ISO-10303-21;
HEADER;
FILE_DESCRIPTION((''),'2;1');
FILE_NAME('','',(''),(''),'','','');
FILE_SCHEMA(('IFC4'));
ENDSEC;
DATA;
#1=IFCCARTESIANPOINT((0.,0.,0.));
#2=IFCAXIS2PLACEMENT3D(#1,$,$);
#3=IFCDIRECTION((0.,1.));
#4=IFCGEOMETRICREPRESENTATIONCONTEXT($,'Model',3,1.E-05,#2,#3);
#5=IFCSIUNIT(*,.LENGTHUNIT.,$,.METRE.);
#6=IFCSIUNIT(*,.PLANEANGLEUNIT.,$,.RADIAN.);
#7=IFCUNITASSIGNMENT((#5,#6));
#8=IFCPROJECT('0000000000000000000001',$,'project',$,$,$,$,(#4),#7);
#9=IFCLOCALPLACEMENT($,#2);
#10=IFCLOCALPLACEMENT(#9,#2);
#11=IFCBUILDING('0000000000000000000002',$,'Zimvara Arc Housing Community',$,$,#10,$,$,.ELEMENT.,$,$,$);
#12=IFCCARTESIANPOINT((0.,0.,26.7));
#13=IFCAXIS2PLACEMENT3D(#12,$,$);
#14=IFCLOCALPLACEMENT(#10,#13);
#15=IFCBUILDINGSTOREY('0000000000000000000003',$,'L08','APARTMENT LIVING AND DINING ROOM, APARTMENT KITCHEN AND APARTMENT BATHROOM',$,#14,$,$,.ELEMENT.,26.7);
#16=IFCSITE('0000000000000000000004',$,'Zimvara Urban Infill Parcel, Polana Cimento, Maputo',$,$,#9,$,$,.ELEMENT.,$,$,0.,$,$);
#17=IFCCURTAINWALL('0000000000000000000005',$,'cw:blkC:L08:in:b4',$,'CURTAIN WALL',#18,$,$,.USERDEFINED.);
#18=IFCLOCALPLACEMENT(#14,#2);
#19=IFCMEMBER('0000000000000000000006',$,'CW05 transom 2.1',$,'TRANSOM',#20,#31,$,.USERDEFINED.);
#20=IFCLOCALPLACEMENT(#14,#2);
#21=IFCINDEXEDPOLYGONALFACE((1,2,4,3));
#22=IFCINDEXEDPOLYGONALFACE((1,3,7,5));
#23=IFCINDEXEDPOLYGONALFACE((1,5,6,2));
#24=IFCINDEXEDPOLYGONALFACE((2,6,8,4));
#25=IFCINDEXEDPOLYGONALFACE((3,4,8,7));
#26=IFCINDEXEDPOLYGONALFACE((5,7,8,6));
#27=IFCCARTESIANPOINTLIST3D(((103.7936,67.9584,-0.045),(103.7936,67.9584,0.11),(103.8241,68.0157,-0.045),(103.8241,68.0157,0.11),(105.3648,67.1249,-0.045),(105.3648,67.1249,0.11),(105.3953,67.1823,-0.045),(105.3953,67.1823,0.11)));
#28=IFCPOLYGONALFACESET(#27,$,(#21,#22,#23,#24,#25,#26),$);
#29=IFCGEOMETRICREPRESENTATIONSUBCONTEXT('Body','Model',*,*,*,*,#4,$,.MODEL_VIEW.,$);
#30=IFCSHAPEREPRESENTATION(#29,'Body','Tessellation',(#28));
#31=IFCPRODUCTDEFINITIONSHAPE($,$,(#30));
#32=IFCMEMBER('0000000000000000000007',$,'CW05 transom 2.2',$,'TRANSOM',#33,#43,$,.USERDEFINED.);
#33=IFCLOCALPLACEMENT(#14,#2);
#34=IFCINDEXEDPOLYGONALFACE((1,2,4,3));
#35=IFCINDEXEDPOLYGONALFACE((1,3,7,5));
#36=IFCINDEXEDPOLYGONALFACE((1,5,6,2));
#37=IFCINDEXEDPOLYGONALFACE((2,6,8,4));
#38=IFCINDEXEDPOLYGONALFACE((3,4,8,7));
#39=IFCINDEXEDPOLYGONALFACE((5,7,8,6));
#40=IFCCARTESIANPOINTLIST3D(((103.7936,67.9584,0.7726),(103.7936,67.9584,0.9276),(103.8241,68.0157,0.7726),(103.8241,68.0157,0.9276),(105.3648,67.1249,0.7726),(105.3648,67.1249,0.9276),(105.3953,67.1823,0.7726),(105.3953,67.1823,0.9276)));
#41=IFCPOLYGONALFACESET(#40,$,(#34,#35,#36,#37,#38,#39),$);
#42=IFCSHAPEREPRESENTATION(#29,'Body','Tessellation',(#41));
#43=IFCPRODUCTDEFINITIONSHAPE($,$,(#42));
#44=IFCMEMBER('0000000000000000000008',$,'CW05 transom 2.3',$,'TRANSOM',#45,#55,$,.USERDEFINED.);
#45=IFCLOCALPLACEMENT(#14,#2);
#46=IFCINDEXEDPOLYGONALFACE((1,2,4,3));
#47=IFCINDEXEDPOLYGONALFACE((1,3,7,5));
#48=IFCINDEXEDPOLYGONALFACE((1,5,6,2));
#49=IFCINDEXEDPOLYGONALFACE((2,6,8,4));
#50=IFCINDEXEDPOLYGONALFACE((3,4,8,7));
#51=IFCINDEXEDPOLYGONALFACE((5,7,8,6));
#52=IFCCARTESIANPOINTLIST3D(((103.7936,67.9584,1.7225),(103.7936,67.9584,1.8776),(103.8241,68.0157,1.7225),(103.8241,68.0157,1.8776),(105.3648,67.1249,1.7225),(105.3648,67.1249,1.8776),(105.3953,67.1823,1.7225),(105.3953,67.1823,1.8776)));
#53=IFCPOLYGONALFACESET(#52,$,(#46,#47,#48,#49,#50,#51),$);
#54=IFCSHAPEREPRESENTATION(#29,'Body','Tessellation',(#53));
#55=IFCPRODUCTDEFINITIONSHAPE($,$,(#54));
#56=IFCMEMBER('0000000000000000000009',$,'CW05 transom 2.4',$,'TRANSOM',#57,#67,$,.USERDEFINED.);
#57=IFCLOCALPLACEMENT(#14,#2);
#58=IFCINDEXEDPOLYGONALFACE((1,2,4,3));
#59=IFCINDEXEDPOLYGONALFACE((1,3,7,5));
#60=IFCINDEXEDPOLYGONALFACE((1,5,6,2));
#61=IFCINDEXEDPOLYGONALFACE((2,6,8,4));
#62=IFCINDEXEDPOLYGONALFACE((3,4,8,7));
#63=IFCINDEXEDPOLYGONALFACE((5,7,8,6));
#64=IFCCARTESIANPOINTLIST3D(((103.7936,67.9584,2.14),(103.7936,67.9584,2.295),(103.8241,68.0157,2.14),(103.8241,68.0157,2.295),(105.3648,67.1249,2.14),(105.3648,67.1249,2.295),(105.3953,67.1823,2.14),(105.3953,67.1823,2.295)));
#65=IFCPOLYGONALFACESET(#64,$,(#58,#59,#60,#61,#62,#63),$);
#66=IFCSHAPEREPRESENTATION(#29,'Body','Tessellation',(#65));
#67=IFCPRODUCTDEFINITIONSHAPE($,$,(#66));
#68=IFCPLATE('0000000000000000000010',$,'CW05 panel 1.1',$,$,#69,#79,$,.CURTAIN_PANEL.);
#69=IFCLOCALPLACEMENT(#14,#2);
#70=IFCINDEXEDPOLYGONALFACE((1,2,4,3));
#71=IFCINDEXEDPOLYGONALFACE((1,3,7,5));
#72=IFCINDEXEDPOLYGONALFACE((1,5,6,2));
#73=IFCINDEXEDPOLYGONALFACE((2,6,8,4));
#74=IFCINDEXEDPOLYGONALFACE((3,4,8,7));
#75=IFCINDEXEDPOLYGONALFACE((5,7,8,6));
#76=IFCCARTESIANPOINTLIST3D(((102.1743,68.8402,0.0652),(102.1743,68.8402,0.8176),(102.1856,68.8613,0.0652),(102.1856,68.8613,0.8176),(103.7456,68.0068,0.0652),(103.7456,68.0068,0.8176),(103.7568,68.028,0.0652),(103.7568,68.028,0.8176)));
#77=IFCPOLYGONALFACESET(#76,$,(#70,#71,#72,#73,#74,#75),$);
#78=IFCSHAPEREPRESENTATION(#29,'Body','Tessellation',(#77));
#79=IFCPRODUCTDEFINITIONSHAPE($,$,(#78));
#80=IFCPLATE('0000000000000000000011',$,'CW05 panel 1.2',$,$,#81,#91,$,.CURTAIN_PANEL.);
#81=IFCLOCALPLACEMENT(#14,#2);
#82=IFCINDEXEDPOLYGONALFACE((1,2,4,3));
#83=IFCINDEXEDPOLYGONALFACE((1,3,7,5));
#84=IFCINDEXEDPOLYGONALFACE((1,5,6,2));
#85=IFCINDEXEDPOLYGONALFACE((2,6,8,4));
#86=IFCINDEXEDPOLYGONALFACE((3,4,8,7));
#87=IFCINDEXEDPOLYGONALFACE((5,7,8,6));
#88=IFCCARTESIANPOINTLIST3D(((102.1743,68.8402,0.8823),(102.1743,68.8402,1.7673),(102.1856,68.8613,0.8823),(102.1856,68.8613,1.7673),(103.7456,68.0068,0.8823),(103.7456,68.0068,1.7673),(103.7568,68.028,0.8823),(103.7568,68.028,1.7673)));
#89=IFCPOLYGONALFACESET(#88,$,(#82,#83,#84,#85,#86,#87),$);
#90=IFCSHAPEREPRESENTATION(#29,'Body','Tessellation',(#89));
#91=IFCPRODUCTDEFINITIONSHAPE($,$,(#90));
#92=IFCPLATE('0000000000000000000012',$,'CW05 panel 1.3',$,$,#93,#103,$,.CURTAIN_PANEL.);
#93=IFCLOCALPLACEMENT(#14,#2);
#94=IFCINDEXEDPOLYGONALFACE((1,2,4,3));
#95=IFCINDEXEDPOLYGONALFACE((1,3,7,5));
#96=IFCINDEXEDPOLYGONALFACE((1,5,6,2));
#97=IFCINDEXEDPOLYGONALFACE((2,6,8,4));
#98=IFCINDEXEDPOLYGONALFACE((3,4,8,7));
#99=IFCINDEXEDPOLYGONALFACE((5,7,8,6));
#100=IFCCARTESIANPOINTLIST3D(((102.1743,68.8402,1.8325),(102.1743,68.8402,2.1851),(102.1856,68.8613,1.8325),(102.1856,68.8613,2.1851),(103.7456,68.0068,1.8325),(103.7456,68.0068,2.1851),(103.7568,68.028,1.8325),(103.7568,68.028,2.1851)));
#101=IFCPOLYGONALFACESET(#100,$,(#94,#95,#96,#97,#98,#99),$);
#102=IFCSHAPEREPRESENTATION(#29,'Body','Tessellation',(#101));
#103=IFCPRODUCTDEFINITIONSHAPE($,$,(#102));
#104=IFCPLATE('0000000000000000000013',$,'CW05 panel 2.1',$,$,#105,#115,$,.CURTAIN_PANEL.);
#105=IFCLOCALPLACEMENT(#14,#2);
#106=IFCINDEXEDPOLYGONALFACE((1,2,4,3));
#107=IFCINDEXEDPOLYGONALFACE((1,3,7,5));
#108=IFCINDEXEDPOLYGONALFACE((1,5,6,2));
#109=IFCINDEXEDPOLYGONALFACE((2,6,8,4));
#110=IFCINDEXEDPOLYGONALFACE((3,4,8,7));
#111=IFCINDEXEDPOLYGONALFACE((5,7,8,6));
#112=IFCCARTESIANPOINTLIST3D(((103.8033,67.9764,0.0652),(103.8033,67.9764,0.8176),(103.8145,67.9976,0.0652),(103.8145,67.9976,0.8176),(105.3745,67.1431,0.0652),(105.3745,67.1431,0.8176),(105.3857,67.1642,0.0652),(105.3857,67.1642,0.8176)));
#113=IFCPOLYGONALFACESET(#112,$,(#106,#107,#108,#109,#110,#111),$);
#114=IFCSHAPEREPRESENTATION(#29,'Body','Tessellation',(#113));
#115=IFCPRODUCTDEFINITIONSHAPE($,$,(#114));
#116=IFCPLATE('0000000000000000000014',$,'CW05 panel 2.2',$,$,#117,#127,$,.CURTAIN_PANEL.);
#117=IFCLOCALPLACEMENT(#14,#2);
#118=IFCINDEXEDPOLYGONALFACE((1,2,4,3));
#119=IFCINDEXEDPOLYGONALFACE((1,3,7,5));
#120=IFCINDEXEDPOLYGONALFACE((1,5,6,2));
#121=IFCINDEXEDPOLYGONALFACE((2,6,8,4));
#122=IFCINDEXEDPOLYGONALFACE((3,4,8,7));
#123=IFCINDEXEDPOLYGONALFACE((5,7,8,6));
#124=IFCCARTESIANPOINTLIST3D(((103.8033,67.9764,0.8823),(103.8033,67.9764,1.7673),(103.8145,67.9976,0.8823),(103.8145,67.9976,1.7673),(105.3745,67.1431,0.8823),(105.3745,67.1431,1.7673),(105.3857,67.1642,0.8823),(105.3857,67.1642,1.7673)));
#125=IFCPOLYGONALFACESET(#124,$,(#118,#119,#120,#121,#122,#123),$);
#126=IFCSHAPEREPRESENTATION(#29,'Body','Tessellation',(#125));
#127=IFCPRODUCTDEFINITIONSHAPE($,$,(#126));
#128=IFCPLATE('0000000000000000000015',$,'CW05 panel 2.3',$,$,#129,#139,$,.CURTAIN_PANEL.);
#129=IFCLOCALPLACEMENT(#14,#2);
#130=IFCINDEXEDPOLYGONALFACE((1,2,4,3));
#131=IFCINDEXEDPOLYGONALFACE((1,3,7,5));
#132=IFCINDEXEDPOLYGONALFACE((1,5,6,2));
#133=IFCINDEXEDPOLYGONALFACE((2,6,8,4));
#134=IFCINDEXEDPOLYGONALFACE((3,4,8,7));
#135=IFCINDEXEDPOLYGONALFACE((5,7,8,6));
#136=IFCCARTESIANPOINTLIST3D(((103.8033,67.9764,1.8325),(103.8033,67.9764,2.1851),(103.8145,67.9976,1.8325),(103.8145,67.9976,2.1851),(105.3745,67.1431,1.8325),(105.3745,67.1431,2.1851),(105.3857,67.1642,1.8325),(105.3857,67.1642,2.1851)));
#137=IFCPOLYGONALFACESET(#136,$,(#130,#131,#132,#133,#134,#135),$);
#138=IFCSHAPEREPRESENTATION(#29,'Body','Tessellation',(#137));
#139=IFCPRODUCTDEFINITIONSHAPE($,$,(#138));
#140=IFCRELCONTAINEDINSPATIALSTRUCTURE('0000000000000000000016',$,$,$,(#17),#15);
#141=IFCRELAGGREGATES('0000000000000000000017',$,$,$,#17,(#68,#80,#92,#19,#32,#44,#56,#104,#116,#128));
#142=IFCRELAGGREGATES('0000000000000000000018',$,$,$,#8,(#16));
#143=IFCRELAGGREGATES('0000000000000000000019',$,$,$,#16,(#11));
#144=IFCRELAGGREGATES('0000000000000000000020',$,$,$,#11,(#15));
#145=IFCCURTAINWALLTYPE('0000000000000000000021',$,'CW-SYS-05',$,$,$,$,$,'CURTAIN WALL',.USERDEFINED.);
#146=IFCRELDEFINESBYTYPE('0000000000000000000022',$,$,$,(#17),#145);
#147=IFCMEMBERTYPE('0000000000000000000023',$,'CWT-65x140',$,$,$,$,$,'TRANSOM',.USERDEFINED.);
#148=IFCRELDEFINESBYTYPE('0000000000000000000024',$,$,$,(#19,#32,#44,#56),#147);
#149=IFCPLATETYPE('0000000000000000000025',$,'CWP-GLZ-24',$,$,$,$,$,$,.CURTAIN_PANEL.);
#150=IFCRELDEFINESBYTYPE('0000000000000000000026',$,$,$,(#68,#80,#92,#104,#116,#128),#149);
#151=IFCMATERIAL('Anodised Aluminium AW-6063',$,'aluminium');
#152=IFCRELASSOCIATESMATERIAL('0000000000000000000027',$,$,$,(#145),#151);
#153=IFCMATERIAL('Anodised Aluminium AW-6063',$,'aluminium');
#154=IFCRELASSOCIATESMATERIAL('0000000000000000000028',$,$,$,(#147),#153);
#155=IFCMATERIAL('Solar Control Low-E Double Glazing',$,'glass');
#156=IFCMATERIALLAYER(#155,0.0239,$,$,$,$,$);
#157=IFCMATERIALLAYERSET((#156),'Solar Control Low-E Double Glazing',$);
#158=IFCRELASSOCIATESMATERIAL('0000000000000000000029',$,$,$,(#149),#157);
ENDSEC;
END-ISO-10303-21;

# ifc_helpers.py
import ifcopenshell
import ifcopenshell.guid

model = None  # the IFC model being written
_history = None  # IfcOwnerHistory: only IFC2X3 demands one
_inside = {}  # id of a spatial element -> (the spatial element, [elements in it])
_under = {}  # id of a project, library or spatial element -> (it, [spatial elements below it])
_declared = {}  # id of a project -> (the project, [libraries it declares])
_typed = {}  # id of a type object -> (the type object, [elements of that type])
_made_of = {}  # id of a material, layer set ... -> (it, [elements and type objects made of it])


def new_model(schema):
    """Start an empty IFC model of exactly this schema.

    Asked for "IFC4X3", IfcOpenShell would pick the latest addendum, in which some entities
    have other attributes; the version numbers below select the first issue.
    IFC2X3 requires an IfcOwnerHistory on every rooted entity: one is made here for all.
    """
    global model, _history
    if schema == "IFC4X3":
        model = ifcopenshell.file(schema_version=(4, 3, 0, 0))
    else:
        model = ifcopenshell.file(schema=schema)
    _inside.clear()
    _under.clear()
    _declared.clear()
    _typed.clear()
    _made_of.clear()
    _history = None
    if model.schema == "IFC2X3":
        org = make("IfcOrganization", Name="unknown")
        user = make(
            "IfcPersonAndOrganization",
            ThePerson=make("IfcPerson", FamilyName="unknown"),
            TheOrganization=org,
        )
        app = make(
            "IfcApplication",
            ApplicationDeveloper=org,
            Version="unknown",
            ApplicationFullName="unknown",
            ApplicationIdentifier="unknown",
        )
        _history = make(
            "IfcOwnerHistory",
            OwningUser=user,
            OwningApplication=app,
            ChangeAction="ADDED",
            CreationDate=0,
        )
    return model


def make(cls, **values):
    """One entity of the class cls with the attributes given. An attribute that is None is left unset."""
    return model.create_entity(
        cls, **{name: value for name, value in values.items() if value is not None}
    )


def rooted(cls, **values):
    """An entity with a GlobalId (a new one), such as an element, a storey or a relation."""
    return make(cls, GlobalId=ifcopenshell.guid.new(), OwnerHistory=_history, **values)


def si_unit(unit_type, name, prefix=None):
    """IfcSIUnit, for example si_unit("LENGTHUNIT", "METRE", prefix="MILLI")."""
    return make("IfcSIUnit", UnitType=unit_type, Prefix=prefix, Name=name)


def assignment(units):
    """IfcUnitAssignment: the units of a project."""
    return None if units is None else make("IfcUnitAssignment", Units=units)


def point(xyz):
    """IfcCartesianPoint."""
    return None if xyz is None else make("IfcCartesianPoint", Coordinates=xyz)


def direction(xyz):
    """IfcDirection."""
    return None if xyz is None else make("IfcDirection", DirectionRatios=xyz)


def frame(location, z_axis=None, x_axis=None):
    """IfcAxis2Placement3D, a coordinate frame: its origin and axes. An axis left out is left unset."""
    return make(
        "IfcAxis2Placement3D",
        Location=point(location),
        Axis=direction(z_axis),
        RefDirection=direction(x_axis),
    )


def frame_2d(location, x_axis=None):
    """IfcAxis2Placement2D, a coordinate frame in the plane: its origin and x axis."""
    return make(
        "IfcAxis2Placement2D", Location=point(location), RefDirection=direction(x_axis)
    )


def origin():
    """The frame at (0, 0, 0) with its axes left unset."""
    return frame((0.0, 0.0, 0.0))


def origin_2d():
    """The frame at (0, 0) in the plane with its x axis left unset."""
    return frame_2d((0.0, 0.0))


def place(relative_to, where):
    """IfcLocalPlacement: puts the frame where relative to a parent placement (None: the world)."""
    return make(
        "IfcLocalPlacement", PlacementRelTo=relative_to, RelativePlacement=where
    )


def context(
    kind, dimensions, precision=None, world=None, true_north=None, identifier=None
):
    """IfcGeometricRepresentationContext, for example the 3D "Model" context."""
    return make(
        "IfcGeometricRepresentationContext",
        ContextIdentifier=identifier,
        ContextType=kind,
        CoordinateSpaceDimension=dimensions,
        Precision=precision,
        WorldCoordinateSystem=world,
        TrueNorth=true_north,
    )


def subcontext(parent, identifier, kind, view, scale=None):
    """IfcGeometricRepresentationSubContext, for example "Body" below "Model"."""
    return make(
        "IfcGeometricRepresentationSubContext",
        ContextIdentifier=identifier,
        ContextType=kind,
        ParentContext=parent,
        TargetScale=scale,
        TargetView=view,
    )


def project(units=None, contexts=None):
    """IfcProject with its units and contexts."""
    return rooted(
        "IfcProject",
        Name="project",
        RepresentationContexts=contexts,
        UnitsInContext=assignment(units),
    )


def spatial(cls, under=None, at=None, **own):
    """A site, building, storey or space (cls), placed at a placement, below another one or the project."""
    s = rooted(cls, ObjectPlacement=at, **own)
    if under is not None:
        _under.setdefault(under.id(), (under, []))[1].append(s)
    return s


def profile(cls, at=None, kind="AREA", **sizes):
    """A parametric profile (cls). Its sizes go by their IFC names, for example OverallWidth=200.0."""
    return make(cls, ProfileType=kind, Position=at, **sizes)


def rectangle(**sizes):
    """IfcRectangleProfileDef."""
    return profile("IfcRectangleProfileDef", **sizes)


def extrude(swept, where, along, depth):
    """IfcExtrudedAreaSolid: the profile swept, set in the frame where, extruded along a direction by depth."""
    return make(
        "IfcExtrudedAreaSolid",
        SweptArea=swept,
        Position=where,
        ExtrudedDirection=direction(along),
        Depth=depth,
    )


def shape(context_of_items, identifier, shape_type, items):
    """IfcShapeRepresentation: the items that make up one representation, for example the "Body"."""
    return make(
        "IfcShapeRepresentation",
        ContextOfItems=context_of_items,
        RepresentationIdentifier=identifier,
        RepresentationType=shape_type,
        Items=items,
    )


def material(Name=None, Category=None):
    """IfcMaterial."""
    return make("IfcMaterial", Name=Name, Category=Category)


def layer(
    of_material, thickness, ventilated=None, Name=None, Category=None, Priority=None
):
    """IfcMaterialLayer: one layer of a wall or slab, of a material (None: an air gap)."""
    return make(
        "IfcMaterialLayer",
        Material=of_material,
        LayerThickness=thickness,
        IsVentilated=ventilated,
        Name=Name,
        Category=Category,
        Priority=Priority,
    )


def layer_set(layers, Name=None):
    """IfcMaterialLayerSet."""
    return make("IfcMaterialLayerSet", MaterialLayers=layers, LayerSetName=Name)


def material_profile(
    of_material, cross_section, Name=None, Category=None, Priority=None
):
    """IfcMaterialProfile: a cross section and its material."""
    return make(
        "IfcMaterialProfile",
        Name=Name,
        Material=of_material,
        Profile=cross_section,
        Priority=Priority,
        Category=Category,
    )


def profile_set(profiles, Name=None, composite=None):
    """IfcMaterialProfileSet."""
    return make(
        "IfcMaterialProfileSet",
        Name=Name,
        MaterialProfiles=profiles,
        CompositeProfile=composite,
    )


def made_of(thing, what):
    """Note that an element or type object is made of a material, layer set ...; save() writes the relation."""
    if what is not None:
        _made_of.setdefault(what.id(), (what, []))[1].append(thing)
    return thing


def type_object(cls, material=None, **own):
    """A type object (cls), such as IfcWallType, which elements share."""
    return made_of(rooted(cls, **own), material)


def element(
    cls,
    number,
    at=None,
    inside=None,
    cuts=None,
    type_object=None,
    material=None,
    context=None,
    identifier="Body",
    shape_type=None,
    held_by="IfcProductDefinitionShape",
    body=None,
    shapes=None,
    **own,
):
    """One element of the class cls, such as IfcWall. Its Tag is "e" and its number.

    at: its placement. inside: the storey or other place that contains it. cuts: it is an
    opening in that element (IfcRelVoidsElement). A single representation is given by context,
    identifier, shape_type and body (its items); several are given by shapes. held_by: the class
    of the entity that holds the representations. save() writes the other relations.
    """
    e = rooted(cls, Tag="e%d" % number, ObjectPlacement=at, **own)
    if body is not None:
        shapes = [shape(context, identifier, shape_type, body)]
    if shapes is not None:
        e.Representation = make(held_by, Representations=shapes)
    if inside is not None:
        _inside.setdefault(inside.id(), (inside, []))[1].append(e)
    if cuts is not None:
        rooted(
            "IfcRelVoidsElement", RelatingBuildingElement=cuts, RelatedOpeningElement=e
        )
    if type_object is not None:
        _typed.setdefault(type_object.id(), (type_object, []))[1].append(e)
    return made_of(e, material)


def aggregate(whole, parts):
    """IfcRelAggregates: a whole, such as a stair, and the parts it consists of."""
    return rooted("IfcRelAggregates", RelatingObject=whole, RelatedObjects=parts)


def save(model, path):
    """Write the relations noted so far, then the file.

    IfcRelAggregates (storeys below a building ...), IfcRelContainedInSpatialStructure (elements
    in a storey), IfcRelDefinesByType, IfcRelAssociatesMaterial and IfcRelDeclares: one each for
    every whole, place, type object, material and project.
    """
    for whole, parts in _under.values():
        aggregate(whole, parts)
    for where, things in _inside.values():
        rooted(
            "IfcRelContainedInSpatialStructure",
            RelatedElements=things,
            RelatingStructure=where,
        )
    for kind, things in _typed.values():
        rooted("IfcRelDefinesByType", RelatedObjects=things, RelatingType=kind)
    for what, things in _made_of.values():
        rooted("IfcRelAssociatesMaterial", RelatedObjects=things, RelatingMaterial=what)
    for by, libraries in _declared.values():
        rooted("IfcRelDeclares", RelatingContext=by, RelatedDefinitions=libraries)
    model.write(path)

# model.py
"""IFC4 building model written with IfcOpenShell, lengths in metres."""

from ifc_helpers import new_model, si_unit, direction, frame, origin, origin_2d, place, context, subcontext, project, spatial, rectangle, extrude, material, layer, layer_set, material_profile, profile_set, type_object, element, aggregate, save


model = new_model("IFC4")

# Units and contexts
model_context = context("Model", 3, precision=1e-05, world=origin(), true_north=direction((0.0, 1.0)))
body_context = subcontext(model_context, "Body", "Model", "MODEL_VIEW")
ifc_project = project(units=[si_unit("LENGTHUNIT", "METRE"), si_unit("PLANEANGLEUNIT", "RADIAN")], contexts=[model_context])

# Site, building, storey
site_placement = place(None, origin())
site = spatial("IfcSite", under=ifc_project, at=site_placement, Name="Zimvara Urban Infill Parcel, Polana Cimento, Maputo", CompositionType="ELEMENT", RefElevation=0.0)
building_placement = place(site_placement, origin())
building = spatial("IfcBuilding", under=site, at=building_placement, Name="Zimvara Arc Housing Community", CompositionType="ELEMENT")
storey_placement = place(building_placement, frame((0.0, 0.0, 26.7)))
storey = spatial("IfcBuildingStorey", under=building, at=storey_placement, Name="L08", Description="APARTMENT LIVING AND DINING ROOM, APARTMENT KITCHEN AND APARTMENT BATHROOM", CompositionType="ELEMENT", Elevation=26.7)

# Curtain wall, members, plates
ifc_material_1 = material(Name="Anodised Aluminium AW-6063", Category="aluminium")
curtain_wall_type_1 = type_object("IfcCurtainWallType", Name="CW-SYS-05", ElementType="CURTAIN WALL", PredefinedType="USERDEFINED", material=ifc_material_1)
curtain_wall_1_placement = place(storey_placement, origin())
curtain_wall_1 = element("IfcCurtainWall", 1, at=curtain_wall_1_placement, inside=storey, type_object=curtain_wall_type_1, Name="cw:blkC:L08:in:b4", ObjectType="CURTAIN WALL", PredefinedType="USERDEFINED")
ifc_material_2 = material(Name="Anodised Aluminium AW-6063", Category="aluminium")
ifc_material_profile_1 = material_profile(ifc_material_2, rectangle(XDim=0.0649, YDim=0.155, at=origin_2d()), Name="ALU 65x155")
ifc_profile_set_1 = profile_set([ifc_material_profile_1], Name="Anodised Aluminium AW-6063")
member_type_1 = type_object("IfcMemberType", Name="CWT-65x140", ElementType="TRANSOM", PredefinedType="USERDEFINED", material=ifc_profile_set_1)
member_1_placement = place(storey_placement, frame((103.8088, 67.9871, 0.0325), z_axis=(0.883407, -0.468607, 0.0), x_axis=(0.468607, 0.883407, 0.0)))
member_1 = element("IfcMember", 2, at=member_1_placement, type_object=member_type_1, Name="CW05 transom 2.1", ObjectType="TRANSOM", PredefinedType="USERDEFINED", context=body_context, shape_type="SweptSolid", body=[
    extrude(rectangle(XDim=0.0649, YDim=0.155, at=origin_2d()), origin(), (0.0, 0.0, 1.0), 1.7786),
])
member_2_placement = place(storey_placement, frame((103.8088, 67.9871, 0.8501), z_axis=(0.883407, -0.468607, 0.0), x_axis=(0.468607, 0.883407, 0.0)))
member_2 = element("IfcMember", 3, at=member_2_placement, type_object=member_type_1, Name="CW05 transom 2.2", ObjectType="TRANSOM", PredefinedType="USERDEFINED", context=body_context, shape_type="SweptSolid", body=[
    extrude(rectangle(XDim=0.0649, YDim=0.155, at=origin_2d()), origin(), (0.0, 0.0, 1.0), 1.7786),
])
member_3_placement = place(storey_placement, frame((103.8088, 67.9871, 1.8), z_axis=(0.883407, -0.468607, 0.0), x_axis=(0.468607, 0.883407, 0.0)))
member_3 = element("IfcMember", 4, at=member_3_placement, type_object=member_type_1, Name="CW05 transom 2.3", ObjectType="TRANSOM", PredefinedType="USERDEFINED", context=body_context, shape_type="SweptSolid", body=[
    extrude(rectangle(XDim=0.0649, YDim=0.155, at=origin_2d()), origin(), (0.0, 0.0, 1.0), 1.7786),
])
member_4_placement = place(storey_placement, frame((103.8088, 67.9871, 2.2175), z_axis=(0.883407, -0.468607, 0.0), x_axis=(0.468607, 0.883407, 0.0)))
member_4 = element("IfcMember", 5, at=member_4_placement, type_object=member_type_1, Name="CW05 transom 2.4", ObjectType="TRANSOM", PredefinedType="USERDEFINED", context=body_context, shape_type="SweptSolid", body=[
    extrude(rectangle(XDim=0.0649, YDim=0.155, at=origin_2d()), origin(), (0.0, 0.0, 1.0), 1.7786),
])
ifc_material_3 = material(Name="Solar Control Low-E Double Glazing", Category="glass")
ifc_layer = layer(ifc_material_3, 0.0239)
ifc_layer_set = layer_set([ifc_layer], Name="Solar Control Low-E Double Glazing")
plate_type = type_object("IfcPlateType", Name="CWP-GLZ-24", PredefinedType="CURTAIN_PANEL", material=ifc_layer_set)
plate_1_placement = place(storey_placement, frame((102.9656, 68.4341, 0.0652), z_axis=(0.0, 0.0, 1.0), x_axis=(0.883439, -0.468547, 0.0)))
plate_1 = element("IfcPlate", 6, at=plate_1_placement, type_object=plate_type, Name="CW05 panel 1.1", PredefinedType="CURTAIN_PANEL", context=body_context, shape_type="SweptSolid", body=[
    extrude(rectangle(XDim=1.7786, YDim=0.0239, at=origin_2d()), origin(), (0.0, 0.0, 1.0), 0.7524),
])
plate_2_placement = place(storey_placement, frame((102.9656, 68.4341, 0.8823), z_axis=(0.0, 0.0, 1.0), x_axis=(0.883439, -0.468547, 0.0)))
plate_2 = element("IfcPlate", 7, at=plate_2_placement, type_object=plate_type, Name="CW05 panel 1.2", PredefinedType="CURTAIN_PANEL", context=body_context, shape_type="SweptSolid", body=[
    extrude(rectangle(XDim=1.7786, YDim=0.0239, at=origin_2d()), origin(), (0.0, 0.0, 1.0), 0.885),
])
plate_3_placement = place(storey_placement, frame((102.9656, 68.4341, 1.8325), z_axis=(0.0, 0.0, 1.0), x_axis=(0.883439, -0.468547, 0.0)))
plate_3 = element("IfcPlate", 8, at=plate_3_placement, type_object=plate_type, Name="CW05 panel 1.3", PredefinedType="CURTAIN_PANEL", context=body_context, shape_type="SweptSolid", body=[
    extrude(rectangle(XDim=1.7786, YDim=0.0239, at=origin_2d()), origin(), (0.0, 0.0, 1.0), 0.3525),
])
plate_4_placement = place(storey_placement, frame((104.5945, 67.5703, 0.0652), z_axis=(0.0, 0.0, 1.0), x_axis=(0.883439, -0.468547, 0.0)))
plate_4 = element("IfcPlate", 9, at=plate_4_placement, type_object=plate_type, Name="CW05 panel 2.1", PredefinedType="CURTAIN_PANEL", context=body_context, shape_type="SweptSolid", body=[
    extrude(rectangle(XDim=1.7786, YDim=0.0239, at=origin_2d()), origin(), (0.0, 0.0, 1.0), 0.7524),
])
plate_5_placement = place(storey_placement, frame((104.5945, 67.5703, 0.8823), z_axis=(0.0, 0.0, 1.0), x_axis=(0.883439, -0.468547, 0.0)))
plate_5 = element("IfcPlate", 10, at=plate_5_placement, type_object=plate_type, Name="CW05 panel 2.2", PredefinedType="CURTAIN_PANEL", context=body_context, shape_type="SweptSolid", body=[
    extrude(rectangle(XDim=1.7786, YDim=0.0239, at=origin_2d()), origin(), (0.0, 0.0, 1.0), 0.885),
])
plate_6_placement = place(storey_placement, frame((104.5945, 67.5703, 1.8325), z_axis=(0.0, 0.0, 1.0), x_axis=(0.883439, -0.468547, 0.0)))
plate_6 = element("IfcPlate", 11, at=plate_6_placement, type_object=plate_type, Name="CW05 panel 2.3", PredefinedType="CURTAIN_PANEL", context=body_context, shape_type="SweptSolid", body=[
    extrude(rectangle(XDim=1.7786, YDim=0.0239, at=origin_2d()), origin(), (0.0, 0.0, 1.0), 0.3525),
])
aggregate(curtain_wall_1, [plate_1, plate_2, plate_3, member_1, member_2, member_3, member_4, plate_4, plate_5, plate_6])

save(model, "model.ifc")
